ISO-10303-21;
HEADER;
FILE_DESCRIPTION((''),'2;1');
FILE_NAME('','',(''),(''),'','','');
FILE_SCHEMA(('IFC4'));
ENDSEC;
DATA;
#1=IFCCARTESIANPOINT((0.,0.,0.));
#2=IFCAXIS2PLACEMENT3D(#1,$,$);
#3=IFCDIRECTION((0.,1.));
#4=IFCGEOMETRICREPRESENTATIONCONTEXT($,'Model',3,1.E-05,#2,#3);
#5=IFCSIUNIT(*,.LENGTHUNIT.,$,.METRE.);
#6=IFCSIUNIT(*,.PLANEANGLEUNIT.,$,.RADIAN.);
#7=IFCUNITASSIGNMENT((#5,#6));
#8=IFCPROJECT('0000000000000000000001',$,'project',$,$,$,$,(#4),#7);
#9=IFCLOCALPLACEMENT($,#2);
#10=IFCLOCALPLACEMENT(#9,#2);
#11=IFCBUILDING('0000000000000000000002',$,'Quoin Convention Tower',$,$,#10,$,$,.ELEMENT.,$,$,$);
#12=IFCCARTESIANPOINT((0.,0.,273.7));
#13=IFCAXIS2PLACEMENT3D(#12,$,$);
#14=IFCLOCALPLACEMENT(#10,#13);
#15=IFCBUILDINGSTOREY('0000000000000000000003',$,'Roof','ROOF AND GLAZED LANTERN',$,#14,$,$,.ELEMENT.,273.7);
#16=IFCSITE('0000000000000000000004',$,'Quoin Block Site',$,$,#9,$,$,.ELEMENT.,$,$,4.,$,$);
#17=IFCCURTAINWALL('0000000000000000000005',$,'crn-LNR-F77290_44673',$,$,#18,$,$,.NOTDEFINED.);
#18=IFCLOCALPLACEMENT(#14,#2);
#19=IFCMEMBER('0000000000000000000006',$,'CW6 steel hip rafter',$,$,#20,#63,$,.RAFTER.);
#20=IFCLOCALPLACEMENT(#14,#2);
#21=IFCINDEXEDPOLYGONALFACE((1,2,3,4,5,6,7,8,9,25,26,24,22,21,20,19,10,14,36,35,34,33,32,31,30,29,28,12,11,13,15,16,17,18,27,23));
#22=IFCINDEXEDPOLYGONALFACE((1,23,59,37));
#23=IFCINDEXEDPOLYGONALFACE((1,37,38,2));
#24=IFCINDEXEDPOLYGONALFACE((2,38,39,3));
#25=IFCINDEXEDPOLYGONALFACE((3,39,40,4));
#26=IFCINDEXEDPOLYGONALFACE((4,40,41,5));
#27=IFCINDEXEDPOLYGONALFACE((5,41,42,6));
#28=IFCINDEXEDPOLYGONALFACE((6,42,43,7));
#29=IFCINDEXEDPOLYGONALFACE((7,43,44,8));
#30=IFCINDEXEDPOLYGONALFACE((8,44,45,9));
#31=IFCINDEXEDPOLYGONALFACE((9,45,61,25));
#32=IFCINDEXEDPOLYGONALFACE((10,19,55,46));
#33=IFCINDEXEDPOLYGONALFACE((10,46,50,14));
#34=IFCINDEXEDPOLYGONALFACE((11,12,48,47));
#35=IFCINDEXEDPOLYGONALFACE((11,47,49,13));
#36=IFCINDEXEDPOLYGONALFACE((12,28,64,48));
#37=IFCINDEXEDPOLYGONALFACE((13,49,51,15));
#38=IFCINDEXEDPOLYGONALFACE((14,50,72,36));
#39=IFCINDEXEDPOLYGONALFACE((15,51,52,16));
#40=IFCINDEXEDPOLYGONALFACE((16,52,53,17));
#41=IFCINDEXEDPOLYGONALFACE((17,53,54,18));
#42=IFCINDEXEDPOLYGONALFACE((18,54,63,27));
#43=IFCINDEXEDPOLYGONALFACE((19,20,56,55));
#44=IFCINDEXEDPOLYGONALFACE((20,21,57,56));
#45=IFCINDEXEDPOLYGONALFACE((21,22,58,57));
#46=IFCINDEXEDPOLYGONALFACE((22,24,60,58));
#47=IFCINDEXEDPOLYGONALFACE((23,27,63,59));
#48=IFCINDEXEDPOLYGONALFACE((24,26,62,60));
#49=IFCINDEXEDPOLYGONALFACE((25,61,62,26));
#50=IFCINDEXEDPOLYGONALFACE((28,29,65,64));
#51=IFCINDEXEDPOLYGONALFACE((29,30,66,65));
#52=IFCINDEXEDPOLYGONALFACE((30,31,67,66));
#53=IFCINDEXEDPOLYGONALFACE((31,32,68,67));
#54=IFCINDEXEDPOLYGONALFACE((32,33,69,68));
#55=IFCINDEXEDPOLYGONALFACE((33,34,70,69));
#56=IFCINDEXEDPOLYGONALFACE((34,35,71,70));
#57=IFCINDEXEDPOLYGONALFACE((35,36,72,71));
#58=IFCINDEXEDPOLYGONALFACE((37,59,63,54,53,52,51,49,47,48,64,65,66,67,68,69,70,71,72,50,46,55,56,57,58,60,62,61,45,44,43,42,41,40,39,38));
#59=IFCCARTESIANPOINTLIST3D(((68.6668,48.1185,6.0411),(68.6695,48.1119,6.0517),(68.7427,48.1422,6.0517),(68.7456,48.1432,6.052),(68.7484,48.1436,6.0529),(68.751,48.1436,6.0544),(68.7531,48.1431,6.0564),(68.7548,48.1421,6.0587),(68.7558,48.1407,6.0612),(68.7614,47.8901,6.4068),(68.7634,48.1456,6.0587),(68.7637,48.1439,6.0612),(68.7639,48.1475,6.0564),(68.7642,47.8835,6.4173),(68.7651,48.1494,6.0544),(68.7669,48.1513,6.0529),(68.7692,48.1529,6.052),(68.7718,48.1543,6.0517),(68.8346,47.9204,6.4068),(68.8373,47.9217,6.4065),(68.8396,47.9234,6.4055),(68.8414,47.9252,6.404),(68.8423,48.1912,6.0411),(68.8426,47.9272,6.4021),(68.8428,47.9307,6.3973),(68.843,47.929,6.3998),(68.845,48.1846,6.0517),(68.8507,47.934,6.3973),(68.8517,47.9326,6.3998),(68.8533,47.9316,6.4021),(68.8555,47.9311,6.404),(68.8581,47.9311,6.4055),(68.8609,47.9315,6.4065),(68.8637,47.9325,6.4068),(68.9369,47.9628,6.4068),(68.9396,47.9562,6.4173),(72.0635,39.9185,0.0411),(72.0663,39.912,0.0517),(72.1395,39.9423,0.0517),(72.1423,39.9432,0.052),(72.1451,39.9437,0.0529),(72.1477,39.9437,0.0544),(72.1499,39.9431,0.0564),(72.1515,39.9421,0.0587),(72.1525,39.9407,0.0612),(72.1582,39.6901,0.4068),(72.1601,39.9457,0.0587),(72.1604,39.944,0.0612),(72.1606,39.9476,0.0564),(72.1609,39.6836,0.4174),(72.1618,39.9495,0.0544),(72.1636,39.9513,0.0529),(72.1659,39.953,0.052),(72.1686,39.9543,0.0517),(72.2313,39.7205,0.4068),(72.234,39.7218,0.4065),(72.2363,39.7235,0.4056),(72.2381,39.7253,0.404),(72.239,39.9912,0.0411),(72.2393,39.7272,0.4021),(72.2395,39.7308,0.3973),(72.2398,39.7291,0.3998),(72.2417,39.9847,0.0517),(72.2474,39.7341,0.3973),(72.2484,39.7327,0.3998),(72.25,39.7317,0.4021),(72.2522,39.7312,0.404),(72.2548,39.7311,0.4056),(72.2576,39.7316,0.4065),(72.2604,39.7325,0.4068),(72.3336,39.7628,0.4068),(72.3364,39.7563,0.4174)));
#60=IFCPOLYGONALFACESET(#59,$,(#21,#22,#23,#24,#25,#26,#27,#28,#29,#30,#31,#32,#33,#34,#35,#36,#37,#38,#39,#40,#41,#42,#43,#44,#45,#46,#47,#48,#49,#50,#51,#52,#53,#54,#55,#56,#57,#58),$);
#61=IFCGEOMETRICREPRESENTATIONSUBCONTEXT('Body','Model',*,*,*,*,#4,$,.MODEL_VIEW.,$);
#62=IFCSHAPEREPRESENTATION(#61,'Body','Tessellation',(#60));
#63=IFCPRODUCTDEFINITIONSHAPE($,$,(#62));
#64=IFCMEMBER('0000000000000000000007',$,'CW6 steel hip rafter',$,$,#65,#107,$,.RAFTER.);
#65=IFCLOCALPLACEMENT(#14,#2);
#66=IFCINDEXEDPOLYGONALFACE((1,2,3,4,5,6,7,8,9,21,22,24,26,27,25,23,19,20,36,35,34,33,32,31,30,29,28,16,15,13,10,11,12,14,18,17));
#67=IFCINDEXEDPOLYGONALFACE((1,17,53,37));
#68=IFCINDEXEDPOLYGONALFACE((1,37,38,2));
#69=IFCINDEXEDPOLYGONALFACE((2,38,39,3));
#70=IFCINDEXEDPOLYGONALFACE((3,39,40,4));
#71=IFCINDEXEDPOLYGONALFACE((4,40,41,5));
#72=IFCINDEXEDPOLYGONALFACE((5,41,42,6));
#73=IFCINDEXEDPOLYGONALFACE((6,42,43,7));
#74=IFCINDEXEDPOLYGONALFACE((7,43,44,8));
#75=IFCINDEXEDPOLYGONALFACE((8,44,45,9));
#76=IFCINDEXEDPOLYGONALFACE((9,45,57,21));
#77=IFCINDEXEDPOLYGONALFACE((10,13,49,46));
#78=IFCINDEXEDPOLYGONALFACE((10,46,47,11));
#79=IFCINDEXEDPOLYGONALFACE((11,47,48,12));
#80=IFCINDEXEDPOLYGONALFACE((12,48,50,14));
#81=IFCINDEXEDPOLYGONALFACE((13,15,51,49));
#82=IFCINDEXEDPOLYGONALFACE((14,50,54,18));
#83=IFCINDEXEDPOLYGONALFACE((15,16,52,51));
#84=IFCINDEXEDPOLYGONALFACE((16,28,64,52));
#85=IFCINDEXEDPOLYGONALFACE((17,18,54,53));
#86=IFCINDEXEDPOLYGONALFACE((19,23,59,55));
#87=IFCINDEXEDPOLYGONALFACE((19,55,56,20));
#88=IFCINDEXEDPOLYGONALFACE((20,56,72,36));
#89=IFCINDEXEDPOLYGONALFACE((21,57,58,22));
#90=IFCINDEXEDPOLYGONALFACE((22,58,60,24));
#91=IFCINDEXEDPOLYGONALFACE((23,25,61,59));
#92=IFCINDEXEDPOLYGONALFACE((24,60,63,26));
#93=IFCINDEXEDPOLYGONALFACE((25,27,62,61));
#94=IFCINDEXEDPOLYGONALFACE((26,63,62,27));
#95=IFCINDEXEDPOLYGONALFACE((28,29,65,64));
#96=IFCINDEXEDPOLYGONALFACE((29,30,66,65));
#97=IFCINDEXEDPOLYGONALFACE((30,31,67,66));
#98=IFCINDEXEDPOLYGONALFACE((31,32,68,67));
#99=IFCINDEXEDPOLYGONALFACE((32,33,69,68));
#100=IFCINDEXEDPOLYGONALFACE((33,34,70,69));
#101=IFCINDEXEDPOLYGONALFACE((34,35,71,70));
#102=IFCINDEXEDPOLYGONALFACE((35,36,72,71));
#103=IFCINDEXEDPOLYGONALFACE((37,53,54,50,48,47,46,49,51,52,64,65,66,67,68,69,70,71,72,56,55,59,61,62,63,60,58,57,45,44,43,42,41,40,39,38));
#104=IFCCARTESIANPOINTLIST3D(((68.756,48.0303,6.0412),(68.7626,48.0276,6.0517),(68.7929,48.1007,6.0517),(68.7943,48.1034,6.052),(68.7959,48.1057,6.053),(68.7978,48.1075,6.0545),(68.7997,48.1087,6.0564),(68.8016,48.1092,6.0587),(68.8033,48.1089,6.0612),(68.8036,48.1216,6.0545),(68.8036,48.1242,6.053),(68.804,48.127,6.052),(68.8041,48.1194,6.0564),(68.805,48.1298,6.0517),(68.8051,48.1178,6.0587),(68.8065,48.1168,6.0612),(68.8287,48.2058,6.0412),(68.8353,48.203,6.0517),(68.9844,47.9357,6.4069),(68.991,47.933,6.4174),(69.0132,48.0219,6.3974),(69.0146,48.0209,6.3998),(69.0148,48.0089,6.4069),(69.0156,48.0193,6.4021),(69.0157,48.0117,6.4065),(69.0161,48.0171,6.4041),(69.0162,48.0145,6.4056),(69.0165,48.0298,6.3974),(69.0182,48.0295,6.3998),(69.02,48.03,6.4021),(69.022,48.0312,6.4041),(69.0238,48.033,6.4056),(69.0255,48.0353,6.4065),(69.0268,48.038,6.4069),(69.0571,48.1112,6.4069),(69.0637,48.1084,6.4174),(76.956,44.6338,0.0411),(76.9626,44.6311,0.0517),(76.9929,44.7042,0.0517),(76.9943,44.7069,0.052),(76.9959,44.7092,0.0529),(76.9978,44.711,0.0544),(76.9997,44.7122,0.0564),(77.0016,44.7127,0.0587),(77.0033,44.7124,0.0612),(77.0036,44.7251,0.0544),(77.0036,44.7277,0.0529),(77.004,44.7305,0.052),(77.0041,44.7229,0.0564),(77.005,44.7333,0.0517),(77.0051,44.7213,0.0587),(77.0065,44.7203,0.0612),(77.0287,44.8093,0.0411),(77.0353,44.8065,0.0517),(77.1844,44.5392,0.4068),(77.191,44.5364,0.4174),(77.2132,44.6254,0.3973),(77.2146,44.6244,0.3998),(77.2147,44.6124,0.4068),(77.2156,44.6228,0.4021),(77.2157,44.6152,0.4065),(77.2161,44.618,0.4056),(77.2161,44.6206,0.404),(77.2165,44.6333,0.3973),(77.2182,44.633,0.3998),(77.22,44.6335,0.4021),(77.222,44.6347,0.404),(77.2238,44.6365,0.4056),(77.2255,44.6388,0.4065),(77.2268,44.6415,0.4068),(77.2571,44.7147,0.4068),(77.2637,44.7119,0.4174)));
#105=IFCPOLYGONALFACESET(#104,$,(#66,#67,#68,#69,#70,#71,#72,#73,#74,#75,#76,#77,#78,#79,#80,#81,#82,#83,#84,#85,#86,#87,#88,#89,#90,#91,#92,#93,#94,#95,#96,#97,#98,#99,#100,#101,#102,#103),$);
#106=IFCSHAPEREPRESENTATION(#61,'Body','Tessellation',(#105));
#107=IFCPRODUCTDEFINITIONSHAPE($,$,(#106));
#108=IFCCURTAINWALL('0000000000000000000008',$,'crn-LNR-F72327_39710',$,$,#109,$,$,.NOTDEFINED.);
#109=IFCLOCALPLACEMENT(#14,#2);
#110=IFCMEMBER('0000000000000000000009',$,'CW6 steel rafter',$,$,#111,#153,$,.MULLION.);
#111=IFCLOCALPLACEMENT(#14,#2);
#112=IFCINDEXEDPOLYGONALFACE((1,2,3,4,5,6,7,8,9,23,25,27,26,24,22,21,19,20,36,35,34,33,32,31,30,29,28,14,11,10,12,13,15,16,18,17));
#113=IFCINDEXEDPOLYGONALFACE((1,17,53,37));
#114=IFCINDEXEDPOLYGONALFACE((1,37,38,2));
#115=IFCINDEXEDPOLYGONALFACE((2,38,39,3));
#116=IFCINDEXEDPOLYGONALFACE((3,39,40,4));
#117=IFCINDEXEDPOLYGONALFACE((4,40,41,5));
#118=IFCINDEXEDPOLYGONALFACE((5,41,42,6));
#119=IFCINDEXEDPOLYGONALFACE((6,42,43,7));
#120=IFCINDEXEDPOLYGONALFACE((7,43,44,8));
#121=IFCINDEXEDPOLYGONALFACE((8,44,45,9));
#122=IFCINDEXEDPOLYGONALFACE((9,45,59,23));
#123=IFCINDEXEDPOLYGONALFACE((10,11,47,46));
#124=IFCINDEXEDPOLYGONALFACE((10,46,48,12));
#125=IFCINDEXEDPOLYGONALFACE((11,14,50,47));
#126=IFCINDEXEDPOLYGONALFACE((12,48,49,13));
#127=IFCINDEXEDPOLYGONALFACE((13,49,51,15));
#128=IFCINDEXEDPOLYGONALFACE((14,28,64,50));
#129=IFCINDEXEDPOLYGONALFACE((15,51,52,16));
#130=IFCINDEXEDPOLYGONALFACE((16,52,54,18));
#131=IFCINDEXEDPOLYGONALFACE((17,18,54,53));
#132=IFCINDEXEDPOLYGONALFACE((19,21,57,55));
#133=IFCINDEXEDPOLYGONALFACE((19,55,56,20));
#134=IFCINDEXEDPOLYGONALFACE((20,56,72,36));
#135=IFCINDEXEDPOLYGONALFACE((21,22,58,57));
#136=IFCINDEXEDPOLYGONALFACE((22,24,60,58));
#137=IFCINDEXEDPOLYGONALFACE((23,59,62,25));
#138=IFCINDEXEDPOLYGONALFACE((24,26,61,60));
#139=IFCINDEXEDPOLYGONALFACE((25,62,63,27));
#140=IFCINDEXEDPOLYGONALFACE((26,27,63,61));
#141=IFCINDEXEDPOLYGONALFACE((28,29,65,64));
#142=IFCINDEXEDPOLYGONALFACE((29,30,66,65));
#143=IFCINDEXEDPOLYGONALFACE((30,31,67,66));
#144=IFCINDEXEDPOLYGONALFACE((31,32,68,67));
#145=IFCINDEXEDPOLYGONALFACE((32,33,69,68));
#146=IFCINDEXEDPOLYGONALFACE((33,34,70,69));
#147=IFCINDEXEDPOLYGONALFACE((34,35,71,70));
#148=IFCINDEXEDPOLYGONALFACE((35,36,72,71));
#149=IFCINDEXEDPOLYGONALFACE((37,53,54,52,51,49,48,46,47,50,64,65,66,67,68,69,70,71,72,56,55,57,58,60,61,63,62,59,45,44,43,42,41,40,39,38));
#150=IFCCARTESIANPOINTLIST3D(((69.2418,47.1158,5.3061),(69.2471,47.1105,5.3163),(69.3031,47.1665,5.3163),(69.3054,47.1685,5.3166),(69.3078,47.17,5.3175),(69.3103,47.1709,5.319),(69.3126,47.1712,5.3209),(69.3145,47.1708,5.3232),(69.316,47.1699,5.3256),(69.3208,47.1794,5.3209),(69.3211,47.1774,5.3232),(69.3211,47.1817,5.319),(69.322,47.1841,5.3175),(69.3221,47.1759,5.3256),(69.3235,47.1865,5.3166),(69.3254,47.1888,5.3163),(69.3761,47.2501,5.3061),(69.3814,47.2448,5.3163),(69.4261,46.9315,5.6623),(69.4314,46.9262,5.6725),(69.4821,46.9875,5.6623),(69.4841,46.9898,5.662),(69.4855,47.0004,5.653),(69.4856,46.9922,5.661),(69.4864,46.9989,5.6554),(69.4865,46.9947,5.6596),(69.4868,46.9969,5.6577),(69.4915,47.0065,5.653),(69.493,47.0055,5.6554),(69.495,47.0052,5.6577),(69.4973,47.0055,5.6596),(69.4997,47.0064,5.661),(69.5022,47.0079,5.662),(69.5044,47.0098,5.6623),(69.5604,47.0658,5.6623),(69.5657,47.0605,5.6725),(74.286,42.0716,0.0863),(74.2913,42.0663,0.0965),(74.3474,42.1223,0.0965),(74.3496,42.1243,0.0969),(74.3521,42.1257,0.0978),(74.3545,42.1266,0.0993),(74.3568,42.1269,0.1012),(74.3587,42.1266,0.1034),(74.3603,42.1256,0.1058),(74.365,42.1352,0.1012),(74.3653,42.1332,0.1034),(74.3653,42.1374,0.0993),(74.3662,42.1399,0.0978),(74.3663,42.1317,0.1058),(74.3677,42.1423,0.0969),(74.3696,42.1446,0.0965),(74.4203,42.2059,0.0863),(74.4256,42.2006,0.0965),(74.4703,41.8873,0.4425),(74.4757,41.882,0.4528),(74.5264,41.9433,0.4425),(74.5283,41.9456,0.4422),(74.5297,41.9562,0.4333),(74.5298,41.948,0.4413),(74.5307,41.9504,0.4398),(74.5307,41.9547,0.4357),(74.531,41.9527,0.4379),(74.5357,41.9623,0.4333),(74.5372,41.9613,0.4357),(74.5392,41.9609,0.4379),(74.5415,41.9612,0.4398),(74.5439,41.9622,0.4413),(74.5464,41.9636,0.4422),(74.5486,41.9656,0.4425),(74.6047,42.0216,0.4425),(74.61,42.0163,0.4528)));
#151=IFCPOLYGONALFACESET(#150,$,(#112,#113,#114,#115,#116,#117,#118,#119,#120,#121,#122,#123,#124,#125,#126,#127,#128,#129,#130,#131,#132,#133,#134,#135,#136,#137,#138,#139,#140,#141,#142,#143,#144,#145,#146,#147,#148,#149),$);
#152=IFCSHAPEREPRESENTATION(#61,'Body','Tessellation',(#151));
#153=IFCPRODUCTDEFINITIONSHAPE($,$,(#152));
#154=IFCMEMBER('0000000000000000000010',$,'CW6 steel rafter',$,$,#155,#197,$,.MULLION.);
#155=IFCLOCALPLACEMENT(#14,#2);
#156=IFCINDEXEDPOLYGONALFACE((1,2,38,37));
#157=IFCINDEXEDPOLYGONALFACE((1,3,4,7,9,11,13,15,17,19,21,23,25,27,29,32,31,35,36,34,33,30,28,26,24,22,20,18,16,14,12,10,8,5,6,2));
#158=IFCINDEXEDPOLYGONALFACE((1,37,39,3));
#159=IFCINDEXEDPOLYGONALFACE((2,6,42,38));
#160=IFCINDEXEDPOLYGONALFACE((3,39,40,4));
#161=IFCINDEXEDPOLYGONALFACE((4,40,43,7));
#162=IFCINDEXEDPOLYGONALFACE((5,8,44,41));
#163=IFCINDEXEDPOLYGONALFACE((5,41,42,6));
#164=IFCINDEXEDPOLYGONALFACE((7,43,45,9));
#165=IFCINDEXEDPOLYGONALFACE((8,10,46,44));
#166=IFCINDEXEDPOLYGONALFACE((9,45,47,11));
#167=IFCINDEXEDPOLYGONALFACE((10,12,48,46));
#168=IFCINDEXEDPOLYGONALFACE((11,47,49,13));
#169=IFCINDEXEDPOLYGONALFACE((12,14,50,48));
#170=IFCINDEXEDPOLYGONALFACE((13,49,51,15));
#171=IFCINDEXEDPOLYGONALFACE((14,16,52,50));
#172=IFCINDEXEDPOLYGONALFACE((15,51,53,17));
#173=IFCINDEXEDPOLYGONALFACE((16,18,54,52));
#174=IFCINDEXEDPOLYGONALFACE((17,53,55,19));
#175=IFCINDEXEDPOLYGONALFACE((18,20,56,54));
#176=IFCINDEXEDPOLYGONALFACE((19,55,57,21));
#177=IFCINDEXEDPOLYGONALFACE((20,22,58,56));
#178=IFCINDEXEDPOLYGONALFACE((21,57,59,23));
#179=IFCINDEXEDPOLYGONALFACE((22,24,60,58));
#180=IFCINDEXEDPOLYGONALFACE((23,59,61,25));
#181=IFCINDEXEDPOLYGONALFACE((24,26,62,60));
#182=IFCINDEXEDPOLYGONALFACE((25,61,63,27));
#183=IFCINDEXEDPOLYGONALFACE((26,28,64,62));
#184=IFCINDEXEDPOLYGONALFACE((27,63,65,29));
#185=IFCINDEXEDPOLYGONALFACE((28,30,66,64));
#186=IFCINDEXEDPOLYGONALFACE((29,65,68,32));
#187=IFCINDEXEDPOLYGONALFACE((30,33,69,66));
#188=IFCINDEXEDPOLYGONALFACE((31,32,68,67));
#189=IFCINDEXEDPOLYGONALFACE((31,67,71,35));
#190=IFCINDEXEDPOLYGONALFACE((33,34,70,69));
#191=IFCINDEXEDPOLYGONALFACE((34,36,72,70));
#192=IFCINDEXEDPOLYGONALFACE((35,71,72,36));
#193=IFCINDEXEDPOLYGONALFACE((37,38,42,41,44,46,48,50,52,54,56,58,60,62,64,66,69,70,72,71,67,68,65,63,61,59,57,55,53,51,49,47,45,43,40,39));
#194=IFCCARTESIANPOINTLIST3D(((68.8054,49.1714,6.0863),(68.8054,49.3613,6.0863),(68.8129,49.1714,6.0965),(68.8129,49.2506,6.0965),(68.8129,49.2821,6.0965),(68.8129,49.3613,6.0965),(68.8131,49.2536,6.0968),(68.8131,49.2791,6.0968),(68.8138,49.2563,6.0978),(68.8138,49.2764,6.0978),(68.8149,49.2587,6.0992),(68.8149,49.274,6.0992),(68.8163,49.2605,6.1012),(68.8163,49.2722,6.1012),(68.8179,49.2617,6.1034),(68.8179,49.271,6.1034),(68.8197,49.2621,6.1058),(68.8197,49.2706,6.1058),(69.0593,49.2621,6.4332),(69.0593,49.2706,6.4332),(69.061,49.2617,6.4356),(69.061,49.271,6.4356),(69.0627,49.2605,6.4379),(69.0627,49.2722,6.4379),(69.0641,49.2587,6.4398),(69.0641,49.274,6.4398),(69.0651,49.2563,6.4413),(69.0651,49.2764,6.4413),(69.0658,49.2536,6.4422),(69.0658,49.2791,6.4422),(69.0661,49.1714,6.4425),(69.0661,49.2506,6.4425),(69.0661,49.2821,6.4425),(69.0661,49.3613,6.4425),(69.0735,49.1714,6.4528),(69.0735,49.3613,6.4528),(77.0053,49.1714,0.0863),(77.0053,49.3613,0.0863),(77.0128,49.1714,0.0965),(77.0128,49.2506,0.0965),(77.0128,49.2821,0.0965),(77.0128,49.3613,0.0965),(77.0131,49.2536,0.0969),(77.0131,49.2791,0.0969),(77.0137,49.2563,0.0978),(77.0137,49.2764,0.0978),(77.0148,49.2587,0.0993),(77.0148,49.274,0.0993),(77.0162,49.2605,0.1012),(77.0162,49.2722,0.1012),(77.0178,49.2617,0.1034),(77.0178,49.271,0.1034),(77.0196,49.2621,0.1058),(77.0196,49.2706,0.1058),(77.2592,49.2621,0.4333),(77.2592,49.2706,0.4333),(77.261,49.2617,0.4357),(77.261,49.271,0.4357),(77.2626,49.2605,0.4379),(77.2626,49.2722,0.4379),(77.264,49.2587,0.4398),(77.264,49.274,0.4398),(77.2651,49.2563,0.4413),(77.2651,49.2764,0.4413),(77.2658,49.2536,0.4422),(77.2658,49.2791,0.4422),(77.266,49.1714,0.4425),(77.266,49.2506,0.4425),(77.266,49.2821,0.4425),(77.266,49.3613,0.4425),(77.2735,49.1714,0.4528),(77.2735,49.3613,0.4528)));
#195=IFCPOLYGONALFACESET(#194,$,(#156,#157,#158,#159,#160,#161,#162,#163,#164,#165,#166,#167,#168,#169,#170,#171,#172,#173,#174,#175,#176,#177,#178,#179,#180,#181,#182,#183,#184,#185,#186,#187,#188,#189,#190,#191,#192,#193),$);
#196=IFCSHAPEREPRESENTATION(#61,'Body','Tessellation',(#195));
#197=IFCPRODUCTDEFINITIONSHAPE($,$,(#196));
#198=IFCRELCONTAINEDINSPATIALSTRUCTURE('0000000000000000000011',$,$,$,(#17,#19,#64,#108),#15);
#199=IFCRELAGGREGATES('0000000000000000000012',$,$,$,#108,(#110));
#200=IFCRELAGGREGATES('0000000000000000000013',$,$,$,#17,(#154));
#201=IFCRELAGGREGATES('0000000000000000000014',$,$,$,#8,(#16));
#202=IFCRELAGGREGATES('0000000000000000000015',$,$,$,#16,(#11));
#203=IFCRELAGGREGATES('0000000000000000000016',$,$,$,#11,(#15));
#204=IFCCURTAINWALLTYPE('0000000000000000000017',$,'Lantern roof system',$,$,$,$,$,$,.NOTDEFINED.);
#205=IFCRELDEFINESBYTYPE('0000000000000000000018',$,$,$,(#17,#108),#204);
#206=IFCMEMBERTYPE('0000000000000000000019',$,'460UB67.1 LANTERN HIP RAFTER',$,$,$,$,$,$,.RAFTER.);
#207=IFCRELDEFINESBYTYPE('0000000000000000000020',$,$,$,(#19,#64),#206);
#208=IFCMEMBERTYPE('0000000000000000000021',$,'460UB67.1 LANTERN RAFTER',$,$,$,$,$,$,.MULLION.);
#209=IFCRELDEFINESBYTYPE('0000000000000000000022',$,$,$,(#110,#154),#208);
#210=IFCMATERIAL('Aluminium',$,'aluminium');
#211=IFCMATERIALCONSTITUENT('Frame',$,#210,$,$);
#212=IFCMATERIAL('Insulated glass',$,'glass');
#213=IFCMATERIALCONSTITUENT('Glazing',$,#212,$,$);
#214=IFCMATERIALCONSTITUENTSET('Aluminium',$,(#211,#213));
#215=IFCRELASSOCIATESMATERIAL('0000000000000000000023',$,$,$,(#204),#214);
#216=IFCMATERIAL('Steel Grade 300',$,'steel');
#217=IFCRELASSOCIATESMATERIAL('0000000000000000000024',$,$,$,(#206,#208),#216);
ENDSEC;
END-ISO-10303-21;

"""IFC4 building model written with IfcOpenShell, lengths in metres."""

from ifc_helpers import new_model, si_unit, direction, frame, origin, origin_2d, place, context, subcontext, project, spatial, i_section, extrude, material, constituent, constituent_set, material_profile, profile_set, type_object, element, aggregate, save


model = new_model("IFC4")

# Units and contexts
model_context = context("Model", 3, precision=1e-05, world=origin(), true_north=direction((0.0, 1.0)))
body_context = subcontext(model_context, "Body", "Model", "MODEL_VIEW")
ifc_project = project(units=[si_unit("LENGTHUNIT", "METRE"), si_unit("PLANEANGLEUNIT", "RADIAN")], contexts=[model_context])

# Site, building, storey
site_placement = place(None, origin())
site = spatial("IfcSite", under=ifc_project, at=site_placement, Name="Quoin Block Site", CompositionType="ELEMENT", RefElevation=4.0)
building_placement = place(site_placement, origin())
building = spatial("IfcBuilding", under=site, at=building_placement, Name="Quoin Convention Tower", CompositionType="ELEMENT")
storey_placement = place(building_placement, frame((0.0, 0.0, 273.7)))
storey = spatial("IfcBuildingStorey", under=building, at=storey_placement, Name="Roof", Description="ROOF AND GLAZED LANTERN", CompositionType="ELEMENT", Elevation=273.7)

# Shared definitions
ifc_material_1 = material(Name="Steel Grade 300", Category="steel")

# Curtain wall
ifc_material_2 = material(Name="Aluminium", Category="aluminium")
ifc_constituent_1 = constituent(ifc_material_2, Name="Frame")
ifc_material_3 = material(Name="Insulated glass", Category="glass")
ifc_constituent_2 = constituent(ifc_material_3, Name="Glazing")
ifc_constituent_set = constituent_set(constituents=[ifc_constituent_1, ifc_constituent_2], Name="Aluminium")
curtain_wall_type = type_object("IfcCurtainWallType", Name="Lantern roof system", PredefinedType="NOTDEFINED", material=ifc_constituent_set)
curtain_wall_1_placement = place(storey_placement, origin())
curtain_wall_1 = element("IfcCurtainWall", 1, at=curtain_wall_1_placement, inside=storey, type_object=curtain_wall_type, Name="crn-LNR-F77290_44673", PredefinedType="NOTDEFINED")

# Members
ifc_material_profile_1 = material_profile(ifc_material_1, i_section(OverallWidth=0.1899, OverallDepth=0.4541, WebThickness=0.0085, FlangeThickness=0.0127, FilletRadius=0.0115, at=origin_2d()), Name="460UB67.1")
ifc_profile_set_1 = profile_set([ifc_material_profile_1], Name="Steel Grade 300")
member_type_1 = type_object("IfcMemberType", Name="460UB67.1 LANTERN HIP RAFTER", PredefinedType="RAFTER", material=ifc_profile_set_1)
for number, where, z_axis, x_axis, name in (
    (2, (72.2, 39.8374, 0.2292), (-0.317054, 0.765392, 0.560046), (-0.923872, -0.382702, 0.0), "CW6 steel hip rafter"),
    (3, (77.1099, 44.6729, 0.2292), (-0.765397, 0.317034, 0.56005), (-0.382679, -0.923881, 0.0), "CW6 steel hip rafter"),
):
    element("IfcMember", number, at=place(storey_placement, frame(where, z_axis=z_axis, x_axis=x_axis)), inside=storey, type_object=member_type_1, Name=name, PredefinedType="RAFTER", context=body_context, shape_type="SweptSolid", body=[
        extrude(i_section(OverallWidth=0.1899, OverallDepth=0.4541, WebThickness=0.0085, FlangeThickness=0.0127, FilletRadius=0.0115, at=origin_2d()), origin(), (0.0, 0.0, 1.0), 10.7134),
    ])

# Curtain wall, member
curtain_wall_2_placement = place(storey_placement, origin())
curtain_wall_2 = element("IfcCurtainWall", 4, at=curtain_wall_2_placement, inside=storey, type_object=curtain_wall_type, Name="crn-LNR-F72327_39710", PredefinedType="NOTDEFINED")
ifc_material_profile_2 = material_profile(ifc_material_1, i_section(OverallWidth=0.1899, OverallDepth=0.4541, WebThickness=0.0085, FlangeThickness=0.0127, FilletRadius=0.0115, at=origin_2d()), Name="460UB67.1")
ifc_profile_set_2 = profile_set([ifc_material_profile_2], Name="Steel Grade 300")
member_type_2 = type_object("IfcMemberType", Name="460UB67.1 LANTERN RAFTER", PredefinedType="MULLION", material=ifc_profile_set_2)
member_1_placement = place(storey_placement, frame((74.448, 42.0439, 0.2695), z_axis=(-0.570655, 0.570655, 0.590514), x_axis=(-0.707107, -0.707107, 0.0)))
member_1 = element("IfcMember", 5, at=member_1_placement, type_object=member_type_2, Name="CW6 steel rafter", PredefinedType="MULLION", context=body_context, shape_type="SweptSolid", body=[
    extrude(i_section(OverallWidth=0.1899, OverallDepth=0.4541, WebThickness=0.0085, FlangeThickness=0.0127, FilletRadius=0.0115, at=origin_2d()), origin(), (0.0, 0.0, 1.0), 8.8394),
])

# Member
member_2_placement = place(storey_placement, frame((77.1394, 49.2664, 0.2695), z_axis=(-0.807029, 0.0, 0.590512), x_axis=(0.0, -1.0, 0.0)))
member_2 = element("IfcMember", 6, at=member_2_placement, type_object=member_type_2, Name="CW6 steel rafter", PredefinedType="MULLION", context=body_context, shape_type="SweptSolid", body=[
    extrude(i_section(OverallWidth=0.1899, OverallDepth=0.4541, WebThickness=0.0085, FlangeThickness=0.0127, FilletRadius=0.0115, at=origin_2d()), origin(), (0.0, 0.0, 1.0), 10.1606),
])

aggregate(curtain_wall_2, [member_1])
aggregate(curtain_wall_1, [member_2])

save(model, "model.ifc")
